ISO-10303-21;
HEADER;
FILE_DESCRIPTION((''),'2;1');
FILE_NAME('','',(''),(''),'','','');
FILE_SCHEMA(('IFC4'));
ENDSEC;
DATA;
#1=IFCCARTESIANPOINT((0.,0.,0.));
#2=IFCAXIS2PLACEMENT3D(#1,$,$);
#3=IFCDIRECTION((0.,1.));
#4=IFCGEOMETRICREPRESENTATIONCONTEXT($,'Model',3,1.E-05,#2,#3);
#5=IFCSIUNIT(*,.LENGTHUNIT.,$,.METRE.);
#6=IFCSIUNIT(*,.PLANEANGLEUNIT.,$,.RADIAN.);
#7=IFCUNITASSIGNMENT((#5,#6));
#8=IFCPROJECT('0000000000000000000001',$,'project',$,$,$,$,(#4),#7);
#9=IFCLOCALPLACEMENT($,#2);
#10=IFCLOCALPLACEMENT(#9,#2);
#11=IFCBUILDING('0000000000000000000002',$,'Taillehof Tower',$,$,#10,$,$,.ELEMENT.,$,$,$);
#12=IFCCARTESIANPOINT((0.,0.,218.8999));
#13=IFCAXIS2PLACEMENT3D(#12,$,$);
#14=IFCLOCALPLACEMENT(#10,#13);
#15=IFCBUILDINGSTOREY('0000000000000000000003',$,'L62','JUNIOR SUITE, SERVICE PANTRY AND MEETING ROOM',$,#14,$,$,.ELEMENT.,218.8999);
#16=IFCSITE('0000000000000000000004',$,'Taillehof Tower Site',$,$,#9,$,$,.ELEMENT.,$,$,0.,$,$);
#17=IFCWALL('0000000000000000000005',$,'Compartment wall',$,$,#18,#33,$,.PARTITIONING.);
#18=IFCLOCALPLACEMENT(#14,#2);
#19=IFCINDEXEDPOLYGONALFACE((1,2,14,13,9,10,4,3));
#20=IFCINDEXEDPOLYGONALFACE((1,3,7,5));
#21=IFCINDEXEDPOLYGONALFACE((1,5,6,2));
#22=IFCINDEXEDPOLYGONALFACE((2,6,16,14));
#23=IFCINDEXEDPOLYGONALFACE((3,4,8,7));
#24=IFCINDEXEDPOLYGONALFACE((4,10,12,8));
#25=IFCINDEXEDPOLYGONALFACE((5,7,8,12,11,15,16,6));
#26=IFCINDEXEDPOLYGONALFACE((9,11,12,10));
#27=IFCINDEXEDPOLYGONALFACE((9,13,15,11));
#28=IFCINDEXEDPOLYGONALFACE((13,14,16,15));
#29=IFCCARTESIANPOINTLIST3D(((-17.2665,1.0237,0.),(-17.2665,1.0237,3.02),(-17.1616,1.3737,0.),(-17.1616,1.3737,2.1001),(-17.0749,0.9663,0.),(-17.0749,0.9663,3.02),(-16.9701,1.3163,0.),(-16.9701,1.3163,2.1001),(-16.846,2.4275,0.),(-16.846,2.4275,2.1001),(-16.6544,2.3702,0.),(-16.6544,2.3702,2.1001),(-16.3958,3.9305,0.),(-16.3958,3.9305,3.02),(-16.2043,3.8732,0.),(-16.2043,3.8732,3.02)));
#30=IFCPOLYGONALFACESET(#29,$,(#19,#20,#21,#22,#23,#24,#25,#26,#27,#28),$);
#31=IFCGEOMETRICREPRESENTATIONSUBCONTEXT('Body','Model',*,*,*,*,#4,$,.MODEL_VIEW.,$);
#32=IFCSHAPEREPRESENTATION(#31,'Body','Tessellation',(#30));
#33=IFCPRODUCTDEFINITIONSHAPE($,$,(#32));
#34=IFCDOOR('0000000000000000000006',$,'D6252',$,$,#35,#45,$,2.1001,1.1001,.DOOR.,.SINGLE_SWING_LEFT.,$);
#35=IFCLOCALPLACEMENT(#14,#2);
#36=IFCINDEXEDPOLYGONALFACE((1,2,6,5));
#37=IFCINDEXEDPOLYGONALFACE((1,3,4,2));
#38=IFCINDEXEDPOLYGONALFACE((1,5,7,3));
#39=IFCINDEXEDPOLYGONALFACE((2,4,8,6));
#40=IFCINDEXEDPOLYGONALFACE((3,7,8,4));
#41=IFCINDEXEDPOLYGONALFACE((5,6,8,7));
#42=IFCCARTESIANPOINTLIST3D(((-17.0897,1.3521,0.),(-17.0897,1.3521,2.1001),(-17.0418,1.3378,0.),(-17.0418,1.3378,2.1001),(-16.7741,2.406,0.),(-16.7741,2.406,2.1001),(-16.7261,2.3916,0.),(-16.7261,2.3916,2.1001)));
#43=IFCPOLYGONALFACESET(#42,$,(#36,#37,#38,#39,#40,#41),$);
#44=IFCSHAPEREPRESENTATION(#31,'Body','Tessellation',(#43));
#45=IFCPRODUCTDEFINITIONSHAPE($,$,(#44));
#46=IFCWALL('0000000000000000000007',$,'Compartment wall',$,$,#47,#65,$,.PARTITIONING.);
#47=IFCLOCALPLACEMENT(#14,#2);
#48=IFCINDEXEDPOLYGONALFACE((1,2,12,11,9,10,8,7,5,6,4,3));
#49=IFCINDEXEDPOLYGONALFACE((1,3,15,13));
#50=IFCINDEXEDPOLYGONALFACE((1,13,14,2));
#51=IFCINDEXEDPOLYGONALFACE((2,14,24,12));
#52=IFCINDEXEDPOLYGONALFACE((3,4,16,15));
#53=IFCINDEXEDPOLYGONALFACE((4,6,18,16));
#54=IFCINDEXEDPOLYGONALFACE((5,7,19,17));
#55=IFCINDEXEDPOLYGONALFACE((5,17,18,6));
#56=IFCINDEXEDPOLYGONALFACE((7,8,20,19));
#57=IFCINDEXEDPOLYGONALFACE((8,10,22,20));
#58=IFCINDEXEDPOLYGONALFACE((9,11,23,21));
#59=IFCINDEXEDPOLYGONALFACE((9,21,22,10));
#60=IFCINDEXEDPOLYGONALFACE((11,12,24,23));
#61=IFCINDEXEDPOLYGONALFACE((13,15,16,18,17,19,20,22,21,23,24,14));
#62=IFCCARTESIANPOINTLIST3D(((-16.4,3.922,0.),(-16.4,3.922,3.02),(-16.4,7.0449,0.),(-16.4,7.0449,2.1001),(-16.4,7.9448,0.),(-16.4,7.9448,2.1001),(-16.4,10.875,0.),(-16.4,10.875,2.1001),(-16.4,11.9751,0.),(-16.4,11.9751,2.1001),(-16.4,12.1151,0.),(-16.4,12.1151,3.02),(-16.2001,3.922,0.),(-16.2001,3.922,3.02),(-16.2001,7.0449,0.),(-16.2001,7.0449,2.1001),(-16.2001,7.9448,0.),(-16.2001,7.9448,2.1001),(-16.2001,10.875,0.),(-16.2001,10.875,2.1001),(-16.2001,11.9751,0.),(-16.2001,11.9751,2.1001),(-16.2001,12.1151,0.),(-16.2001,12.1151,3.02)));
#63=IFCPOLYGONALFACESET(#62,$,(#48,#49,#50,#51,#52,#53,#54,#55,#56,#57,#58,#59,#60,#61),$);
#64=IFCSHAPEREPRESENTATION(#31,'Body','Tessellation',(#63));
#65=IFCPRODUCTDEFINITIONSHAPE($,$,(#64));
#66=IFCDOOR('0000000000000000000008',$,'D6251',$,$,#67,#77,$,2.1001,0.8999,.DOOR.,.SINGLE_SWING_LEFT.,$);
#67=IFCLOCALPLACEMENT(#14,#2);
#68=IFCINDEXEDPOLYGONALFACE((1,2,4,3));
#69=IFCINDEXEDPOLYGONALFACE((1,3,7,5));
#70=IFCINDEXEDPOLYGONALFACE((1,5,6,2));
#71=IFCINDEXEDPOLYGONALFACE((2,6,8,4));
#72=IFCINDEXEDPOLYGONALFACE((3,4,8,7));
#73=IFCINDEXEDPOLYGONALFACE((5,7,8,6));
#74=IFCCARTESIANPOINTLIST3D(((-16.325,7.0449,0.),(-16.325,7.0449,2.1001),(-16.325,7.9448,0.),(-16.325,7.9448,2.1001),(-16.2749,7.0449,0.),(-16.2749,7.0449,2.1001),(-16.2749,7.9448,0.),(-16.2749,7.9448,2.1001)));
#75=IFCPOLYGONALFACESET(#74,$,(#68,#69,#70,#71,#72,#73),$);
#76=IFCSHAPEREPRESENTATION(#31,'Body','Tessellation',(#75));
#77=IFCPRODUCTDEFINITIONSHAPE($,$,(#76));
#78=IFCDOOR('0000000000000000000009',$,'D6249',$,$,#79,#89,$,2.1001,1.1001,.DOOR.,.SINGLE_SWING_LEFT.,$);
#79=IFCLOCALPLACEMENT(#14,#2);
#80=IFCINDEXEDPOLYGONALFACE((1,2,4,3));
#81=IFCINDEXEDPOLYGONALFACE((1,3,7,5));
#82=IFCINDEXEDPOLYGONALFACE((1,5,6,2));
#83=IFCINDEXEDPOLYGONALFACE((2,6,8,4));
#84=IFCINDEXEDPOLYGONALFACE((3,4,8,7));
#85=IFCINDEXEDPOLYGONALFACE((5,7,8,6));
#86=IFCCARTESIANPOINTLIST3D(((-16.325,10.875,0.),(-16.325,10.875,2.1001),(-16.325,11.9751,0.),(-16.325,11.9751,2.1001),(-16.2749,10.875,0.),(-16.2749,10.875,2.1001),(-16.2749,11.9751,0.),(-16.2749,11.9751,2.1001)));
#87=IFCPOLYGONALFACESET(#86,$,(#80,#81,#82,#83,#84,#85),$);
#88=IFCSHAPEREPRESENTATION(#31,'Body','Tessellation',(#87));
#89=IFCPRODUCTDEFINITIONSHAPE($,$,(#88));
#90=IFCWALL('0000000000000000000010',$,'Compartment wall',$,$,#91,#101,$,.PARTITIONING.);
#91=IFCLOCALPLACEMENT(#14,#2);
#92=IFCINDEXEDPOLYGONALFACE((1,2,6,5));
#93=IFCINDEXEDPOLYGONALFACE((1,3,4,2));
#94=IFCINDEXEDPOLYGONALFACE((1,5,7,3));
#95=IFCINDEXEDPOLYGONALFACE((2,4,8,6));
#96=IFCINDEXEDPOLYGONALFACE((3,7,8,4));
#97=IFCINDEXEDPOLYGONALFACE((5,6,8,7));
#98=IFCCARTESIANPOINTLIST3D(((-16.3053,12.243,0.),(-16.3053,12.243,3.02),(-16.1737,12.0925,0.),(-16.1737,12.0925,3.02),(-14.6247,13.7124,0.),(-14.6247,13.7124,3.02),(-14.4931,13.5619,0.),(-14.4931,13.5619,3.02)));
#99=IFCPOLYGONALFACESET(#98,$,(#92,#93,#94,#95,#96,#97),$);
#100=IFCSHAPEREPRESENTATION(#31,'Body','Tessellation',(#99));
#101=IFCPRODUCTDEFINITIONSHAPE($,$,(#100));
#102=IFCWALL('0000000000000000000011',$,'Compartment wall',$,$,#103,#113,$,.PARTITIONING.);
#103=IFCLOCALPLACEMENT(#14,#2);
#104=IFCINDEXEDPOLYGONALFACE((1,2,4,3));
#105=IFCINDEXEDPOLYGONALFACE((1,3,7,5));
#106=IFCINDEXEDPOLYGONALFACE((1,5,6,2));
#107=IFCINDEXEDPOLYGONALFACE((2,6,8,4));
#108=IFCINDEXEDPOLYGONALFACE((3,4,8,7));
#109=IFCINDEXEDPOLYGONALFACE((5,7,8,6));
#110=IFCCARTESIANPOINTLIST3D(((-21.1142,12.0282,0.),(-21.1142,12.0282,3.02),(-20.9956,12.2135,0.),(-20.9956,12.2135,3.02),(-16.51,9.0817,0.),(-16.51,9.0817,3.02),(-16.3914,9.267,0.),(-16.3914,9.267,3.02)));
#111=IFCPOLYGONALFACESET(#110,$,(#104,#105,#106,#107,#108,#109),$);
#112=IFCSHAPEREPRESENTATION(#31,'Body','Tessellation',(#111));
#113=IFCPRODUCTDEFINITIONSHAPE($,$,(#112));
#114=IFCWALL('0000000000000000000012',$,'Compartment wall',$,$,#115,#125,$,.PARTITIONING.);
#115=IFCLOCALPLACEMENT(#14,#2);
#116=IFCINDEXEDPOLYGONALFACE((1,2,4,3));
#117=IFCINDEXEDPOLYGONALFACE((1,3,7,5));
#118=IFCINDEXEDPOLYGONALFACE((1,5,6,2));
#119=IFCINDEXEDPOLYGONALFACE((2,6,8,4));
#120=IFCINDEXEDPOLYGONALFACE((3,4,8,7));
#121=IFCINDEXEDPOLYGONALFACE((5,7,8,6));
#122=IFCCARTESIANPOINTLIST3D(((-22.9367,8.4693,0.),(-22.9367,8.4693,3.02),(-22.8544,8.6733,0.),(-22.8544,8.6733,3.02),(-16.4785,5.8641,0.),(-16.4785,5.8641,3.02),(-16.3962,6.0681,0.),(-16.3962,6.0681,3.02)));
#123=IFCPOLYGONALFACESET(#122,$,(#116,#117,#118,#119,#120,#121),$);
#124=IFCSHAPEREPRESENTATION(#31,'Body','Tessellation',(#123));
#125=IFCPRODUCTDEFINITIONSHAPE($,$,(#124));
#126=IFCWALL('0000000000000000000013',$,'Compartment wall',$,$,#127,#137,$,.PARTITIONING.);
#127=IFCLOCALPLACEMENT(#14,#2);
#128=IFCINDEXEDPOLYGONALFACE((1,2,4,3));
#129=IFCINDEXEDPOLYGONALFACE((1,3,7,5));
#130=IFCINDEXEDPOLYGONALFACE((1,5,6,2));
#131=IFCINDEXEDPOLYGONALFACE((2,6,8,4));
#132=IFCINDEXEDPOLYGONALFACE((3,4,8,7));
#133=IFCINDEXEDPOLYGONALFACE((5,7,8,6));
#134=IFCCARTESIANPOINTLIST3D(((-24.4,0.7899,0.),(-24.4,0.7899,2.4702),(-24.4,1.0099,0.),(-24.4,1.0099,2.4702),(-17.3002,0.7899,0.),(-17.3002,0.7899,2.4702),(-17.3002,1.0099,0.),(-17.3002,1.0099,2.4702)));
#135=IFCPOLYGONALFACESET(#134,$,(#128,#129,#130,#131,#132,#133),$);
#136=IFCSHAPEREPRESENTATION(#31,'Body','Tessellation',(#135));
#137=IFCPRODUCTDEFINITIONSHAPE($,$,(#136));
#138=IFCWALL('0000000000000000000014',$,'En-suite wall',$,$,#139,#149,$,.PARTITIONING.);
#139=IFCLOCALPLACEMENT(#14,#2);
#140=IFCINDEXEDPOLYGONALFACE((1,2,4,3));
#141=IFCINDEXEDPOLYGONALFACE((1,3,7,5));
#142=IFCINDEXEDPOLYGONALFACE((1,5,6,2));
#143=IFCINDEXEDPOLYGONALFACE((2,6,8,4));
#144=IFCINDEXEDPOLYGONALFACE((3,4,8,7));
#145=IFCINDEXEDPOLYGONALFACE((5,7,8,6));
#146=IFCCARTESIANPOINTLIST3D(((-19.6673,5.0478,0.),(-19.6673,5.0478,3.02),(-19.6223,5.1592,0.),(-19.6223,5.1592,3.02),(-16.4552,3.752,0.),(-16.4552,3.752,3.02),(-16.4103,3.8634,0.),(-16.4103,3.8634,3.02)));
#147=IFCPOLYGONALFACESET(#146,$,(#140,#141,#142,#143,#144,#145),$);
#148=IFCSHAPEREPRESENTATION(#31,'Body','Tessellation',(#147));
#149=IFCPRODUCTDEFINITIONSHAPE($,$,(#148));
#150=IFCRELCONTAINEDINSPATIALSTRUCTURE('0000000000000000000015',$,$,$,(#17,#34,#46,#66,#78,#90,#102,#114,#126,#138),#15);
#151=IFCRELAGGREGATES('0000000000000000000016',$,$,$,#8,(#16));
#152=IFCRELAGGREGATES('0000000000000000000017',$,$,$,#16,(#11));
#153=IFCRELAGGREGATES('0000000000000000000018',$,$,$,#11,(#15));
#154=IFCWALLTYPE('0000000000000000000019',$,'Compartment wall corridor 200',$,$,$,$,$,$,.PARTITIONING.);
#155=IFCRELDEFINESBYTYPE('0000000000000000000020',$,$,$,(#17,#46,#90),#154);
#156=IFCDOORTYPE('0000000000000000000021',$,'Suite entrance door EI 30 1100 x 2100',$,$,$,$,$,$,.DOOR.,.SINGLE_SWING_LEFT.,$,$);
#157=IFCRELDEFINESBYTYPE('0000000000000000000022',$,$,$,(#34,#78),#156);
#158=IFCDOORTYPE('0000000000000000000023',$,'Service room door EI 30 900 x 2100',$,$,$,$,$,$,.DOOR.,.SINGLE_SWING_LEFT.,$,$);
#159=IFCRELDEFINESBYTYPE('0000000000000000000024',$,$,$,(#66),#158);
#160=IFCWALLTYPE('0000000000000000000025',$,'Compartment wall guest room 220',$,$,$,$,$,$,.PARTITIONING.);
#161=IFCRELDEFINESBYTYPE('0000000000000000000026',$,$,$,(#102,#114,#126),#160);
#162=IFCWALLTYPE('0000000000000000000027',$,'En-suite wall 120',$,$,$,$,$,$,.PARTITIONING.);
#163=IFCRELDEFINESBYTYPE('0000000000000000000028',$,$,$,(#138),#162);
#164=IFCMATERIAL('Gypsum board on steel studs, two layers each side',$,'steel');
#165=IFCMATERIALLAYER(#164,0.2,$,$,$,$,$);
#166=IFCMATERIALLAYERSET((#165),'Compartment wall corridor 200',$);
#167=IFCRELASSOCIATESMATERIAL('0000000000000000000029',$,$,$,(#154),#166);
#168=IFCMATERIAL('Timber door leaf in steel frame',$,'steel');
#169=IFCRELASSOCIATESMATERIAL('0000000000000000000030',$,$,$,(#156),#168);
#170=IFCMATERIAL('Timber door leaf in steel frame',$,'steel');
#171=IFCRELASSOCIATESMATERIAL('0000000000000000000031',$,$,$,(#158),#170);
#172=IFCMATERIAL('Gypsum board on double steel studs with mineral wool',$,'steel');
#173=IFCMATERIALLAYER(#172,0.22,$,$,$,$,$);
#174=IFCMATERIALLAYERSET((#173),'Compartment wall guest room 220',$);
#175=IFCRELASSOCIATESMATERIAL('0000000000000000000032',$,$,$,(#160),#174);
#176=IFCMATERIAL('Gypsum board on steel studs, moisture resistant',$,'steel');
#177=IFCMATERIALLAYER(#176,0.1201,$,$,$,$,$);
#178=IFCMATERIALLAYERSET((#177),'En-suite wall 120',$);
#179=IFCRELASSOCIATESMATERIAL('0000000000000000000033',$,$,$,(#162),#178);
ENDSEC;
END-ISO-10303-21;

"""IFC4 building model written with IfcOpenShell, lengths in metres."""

from ifc_helpers import new_model, si_unit, direction, frame, frame_2d, origin, place, context, subcontext, project, spatial, rectangle, extrude, material, layer, layer_set, type_object, element, fill, save


model = new_model("IFC4")

# Units and contexts
model_context = context("Model", 3, precision=1e-05, world=origin(), true_north=direction((0.0, 1.0)))
body_context = subcontext(model_context, "Body", "Model", "MODEL_VIEW")
ifc_project = project(units=[si_unit("LENGTHUNIT", "METRE"), si_unit("PLANEANGLEUNIT", "RADIAN")], contexts=[model_context])

# Site, building, storey
site_placement = place(None, origin())
site = spatial("IfcSite", under=ifc_project, at=site_placement, Name="Taillehof Tower Site", CompositionType="ELEMENT", RefElevation=0.0)
building_placement = place(site_placement, origin())
building = spatial("IfcBuilding", under=site, at=building_placement, Name="Taillehof Tower", CompositionType="ELEMENT")
storey_placement = place(building_placement, frame((0.0, 0.0, 218.8999)))
storey = spatial("IfcBuildingStorey", under=building, at=storey_placement, Name="L62", Description="JUNIOR SUITE, SERVICE PANTRY AND MEETING ROOM", CompositionType="ELEMENT", Elevation=218.8999)

# Wall, opening, door
ifc_material_1 = material(Name="Gypsum board on steel studs, two layers each side", Category="steel")
ifc_layer_1 = layer(ifc_material_1, 0.2)
ifc_layer_set_1 = layer_set([ifc_layer_1], Name="Compartment wall corridor 200")
wall_type_1 = type_object("IfcWallType", Name="Compartment wall corridor 200", PredefinedType="PARTITIONING", material=ifc_layer_set_1)
wall_1_placement = place(storey_placement, frame((-17.1707, 0.9951, 0.0), z_axis=(0.0, 0.0, 1.0), x_axis=(0.28692, 0.957955, 0.0)))
wall_1 = element("IfcWall", 1, at=wall_1_placement, inside=storey, type_object=wall_type_1, Name="Compartment wall", PredefinedType="PARTITIONING", context=body_context, shape_type="SweptSolid", body=[
    extrude(rectangle(XDim=3.0344, YDim=0.2, at=frame_2d((1.5171, 0.0))), origin(), (0.0, 0.0, 1.0), 3.02),
])
opening_1_placement = place(wall_1_placement, frame((0.3652, 0.0, 0.0)))
opening_1 = element("IfcOpeningElement", 2, at=opening_1_placement, cuts=wall_1, PredefinedType="OPENING", context=body_context, shape_type="SweptSolid", body=[
    extrude(rectangle(XDim=1.1001, YDim=2.1001, at=frame_2d((0.55, 1.05))), frame((0.0, 0.1099, 0.0), z_axis=(0.0, -1.0, 0.0), x_axis=(1.0, 0.0, 0.0)), (0.0, 0.0, 1.0), 0.22),
])
ifc_material_2 = material(Name="Timber door leaf in steel frame", Category="steel")
door_type_1 = type_object("IfcDoorType", Name="Suite entrance door EI 30 1100 x 2100", OperationType="SINGLE_SWING_LEFT", PredefinedType="DOOR", material=ifc_material_2)
door_1_placement = place(opening_1_placement, origin())
door_1 = element("IfcDoor", 3, at=door_1_placement, inside=storey, type_object=door_type_1, Name="D6252", OperationType="SINGLE_SWING_LEFT", OverallHeight=2.1001, OverallWidth=1.1001, PredefinedType="DOOR", context=body_context, shape_type="SweptSolid", body=[
    extrude(rectangle(XDim=1.1001, YDim=2.1001, at=frame_2d((0.55, 1.05))), frame((0.0, 0.0249, 0.0), z_axis=(0.0, -1.0, 0.0), x_axis=(1.0, 0.0, 0.0)), (0.0, 0.0, 1.0), 0.05),
])
fill(opening_1, door_1)

# Wall, openings, doors
wall_2_placement = place(storey_placement, frame((-16.3, 3.9219, 0.0), z_axis=(0.0, 0.0, 1.0), x_axis=(0.0, 1.0, 0.0)))
wall_2 = element("IfcWall", 4, at=wall_2_placement, inside=storey, type_object=wall_type_1, Name="Compartment wall", PredefinedType="PARTITIONING", context=body_context, shape_type="SweptSolid", body=[
    extrude(rectangle(XDim=8.1931, YDim=0.2, at=frame_2d((4.0967, 0.0))), origin(), (0.0, 0.0, 1.0), 3.02),
])
opening_2_placement = place(wall_2_placement, frame((6.9531, 0.0, 0.0)))
opening_2 = element("IfcOpeningElement", 5, at=opening_2_placement, cuts=wall_2, PredefinedType="OPENING", context=body_context, shape_type="SweptSolid", body=[
    extrude(rectangle(XDim=1.1001, YDim=2.1001, at=frame_2d((0.55, 1.05))), frame((0.0, 0.1099, 0.0), z_axis=(0.0, -1.0, 0.0), x_axis=(1.0, 0.0, 0.0)), (0.0, 0.0, 1.0), 0.22),
])
opening_3_placement = place(wall_2_placement, frame((3.123, 0.0, 0.0)))
opening_3 = element("IfcOpeningElement", 6, at=opening_3_placement, cuts=wall_2, PredefinedType="OPENING", context=body_context, shape_type="SweptSolid", body=[
    extrude(rectangle(XDim=0.8999, YDim=2.1001, at=frame_2d((0.45, 1.05))), frame((0.0, 0.1099, 0.0), z_axis=(0.0, -1.0, 0.0), x_axis=(1.0, 0.0, 0.0)), (0.0, 0.0, 1.0), 0.22),
])
ifc_material_3 = material(Name="Timber door leaf in steel frame", Category="steel")
door_type_2 = type_object("IfcDoorType", Name="Service room door EI 30 900 x 2100", OperationType="SINGLE_SWING_LEFT", PredefinedType="DOOR", material=ifc_material_3)
door_2_placement = place(opening_3_placement, origin())
door_2 = element("IfcDoor", 7, at=door_2_placement, inside=storey, type_object=door_type_2, Name="D6251", OperationType="SINGLE_SWING_LEFT", OverallHeight=2.1001, OverallWidth=0.8999, PredefinedType="DOOR", context=body_context, shape_type="SweptSolid", body=[
    extrude(rectangle(XDim=0.8999, YDim=2.1001, at=frame_2d((0.45, 1.05))), frame((0.0, 0.0249, 0.0), z_axis=(0.0, -1.0, 0.0), x_axis=(1.0, 0.0, 0.0)), (0.0, 0.0, 1.0), 0.05),
])
fill(opening_3, door_2)
door_3_placement = place(opening_2_placement, origin())
door_3 = element("IfcDoor", 8, at=door_3_placement, inside=storey, type_object=door_type_1, Name="D6249", OperationType="SINGLE_SWING_LEFT", OverallHeight=2.1001, OverallWidth=1.1001, PredefinedType="DOOR", context=body_context, shape_type="SweptSolid", body=[
    extrude(rectangle(XDim=1.1001, YDim=2.1001, at=frame_2d((0.55, 1.05))), frame((0.0, 0.0249, 0.0), z_axis=(0.0, -1.0, 0.0), x_axis=(1.0, 0.0, 0.0)), (0.0, 0.0, 1.0), 0.05),
])
fill(opening_2, door_3)

# Walls
wall_3_placement = place(storey_placement, frame((-16.2395, 12.1677, 0.0), z_axis=(0.0, 0.0, 1.0), x_axis=(0.752821, 0.658226, 0.0)))
element("IfcWall", 9, at=wall_3_placement, inside=storey, type_object=wall_type_1, Name="Compartment wall", PredefinedType="PARTITIONING", context=body_context, shape_type="SweptSolid", body=[
    extrude(rectangle(XDim=2.2324, YDim=0.2, at=frame_2d((1.1162, 0.0))), origin(), (0.0, 0.0, 1.0), 3.02),
])
ifc_material_4 = material(Name="Gypsum board on double steel studs with mineral wool", Category="steel")
ifc_layer_2 = layer(ifc_material_4, 0.22)
ifc_layer_set_2 = layer_set([ifc_layer_2], Name="Compartment wall guest room 220")
wall_type_2 = type_object("IfcWallType", Name="Compartment wall guest room 220", PredefinedType="PARTITIONING", material=ifc_layer_set_2)
wall_4_placement = place(storey_placement, frame((-21.0549, 12.1208, 0.0), z_axis=(0.0, 0.0, 1.0), x_axis=(0.842287, -0.53903, 0.0)))
element("IfcWall", 10, at=wall_4_placement, inside=storey, type_object=wall_type_2, Name="Compartment wall", PredefinedType="PARTITIONING", context=body_context, shape_type="SweptSolid", body=[
    extrude(rectangle(XDim=5.4663, YDim=0.22, at=frame_2d((2.7332, 0.0))), origin(), (0.0, 0.0, 1.0), 3.02),
])
wall_5_placement = place(storey_placement, frame((-22.8955, 8.5713, 0.0), z_axis=(0.0, 0.0, 1.0), x_axis=(0.927387, -0.374103, 0.0)))
element("IfcWall", 11, at=wall_5_placement, inside=storey, type_object=wall_type_2, Name="Compartment wall", PredefinedType="PARTITIONING", context=body_context, shape_type="SweptSolid", body=[
    extrude(rectangle(XDim=6.9639, YDim=0.22, at=frame_2d((3.4819, 0.0))), origin(), (0.0, 0.0, 1.0), 3.02),
])
wall_6_placement = place(storey_placement, frame((-24.3999, 0.8999, 0.0), z_axis=(0.0, 0.0, 1.0), x_axis=(1.0, 0.0, 0.0)))
element("IfcWall", 12, at=wall_6_placement, inside=storey, type_object=wall_type_2, Name="Compartment wall", PredefinedType="PARTITIONING", context=body_context, shape_type="SweptSolid", body=[
    extrude(rectangle(XDim=7.0999, YDim=0.22, at=frame_2d((3.5498, 0.0))), origin(), (0.0, 0.0, 1.0), 2.4702),
])
ifc_material_5 = material(Name="Gypsum board on steel studs, moisture resistant", Category="steel")
ifc_layer_3 = layer(ifc_material_5, 0.1201)
ifc_layer_set_3 = layer_set([ifc_layer_3], Name="En-suite wall 120")
wall_type_3 = type_object("IfcWallType", Name="En-suite wall 120", PredefinedType="PARTITIONING", material=ifc_layer_set_3)
wall_7_placement = place(storey_placement, frame((-16.4326, 3.8076, 0.0), z_axis=(0.0, 0.0, 1.0), x_axis=(-0.927374, 0.374136, 0.0)))
element("IfcWall", 13, at=wall_7_placement, inside=storey, type_object=wall_type_3, Name="En-suite wall", PredefinedType="PARTITIONING", context=body_context, shape_type="SweptSolid", body=[
    extrude(rectangle(XDim=3.4636, YDim=0.1201, at=frame_2d((1.7319, 0.0))), origin(), (0.0, 0.0, 1.0), 3.02),
])

save(model, "model.ifc")
